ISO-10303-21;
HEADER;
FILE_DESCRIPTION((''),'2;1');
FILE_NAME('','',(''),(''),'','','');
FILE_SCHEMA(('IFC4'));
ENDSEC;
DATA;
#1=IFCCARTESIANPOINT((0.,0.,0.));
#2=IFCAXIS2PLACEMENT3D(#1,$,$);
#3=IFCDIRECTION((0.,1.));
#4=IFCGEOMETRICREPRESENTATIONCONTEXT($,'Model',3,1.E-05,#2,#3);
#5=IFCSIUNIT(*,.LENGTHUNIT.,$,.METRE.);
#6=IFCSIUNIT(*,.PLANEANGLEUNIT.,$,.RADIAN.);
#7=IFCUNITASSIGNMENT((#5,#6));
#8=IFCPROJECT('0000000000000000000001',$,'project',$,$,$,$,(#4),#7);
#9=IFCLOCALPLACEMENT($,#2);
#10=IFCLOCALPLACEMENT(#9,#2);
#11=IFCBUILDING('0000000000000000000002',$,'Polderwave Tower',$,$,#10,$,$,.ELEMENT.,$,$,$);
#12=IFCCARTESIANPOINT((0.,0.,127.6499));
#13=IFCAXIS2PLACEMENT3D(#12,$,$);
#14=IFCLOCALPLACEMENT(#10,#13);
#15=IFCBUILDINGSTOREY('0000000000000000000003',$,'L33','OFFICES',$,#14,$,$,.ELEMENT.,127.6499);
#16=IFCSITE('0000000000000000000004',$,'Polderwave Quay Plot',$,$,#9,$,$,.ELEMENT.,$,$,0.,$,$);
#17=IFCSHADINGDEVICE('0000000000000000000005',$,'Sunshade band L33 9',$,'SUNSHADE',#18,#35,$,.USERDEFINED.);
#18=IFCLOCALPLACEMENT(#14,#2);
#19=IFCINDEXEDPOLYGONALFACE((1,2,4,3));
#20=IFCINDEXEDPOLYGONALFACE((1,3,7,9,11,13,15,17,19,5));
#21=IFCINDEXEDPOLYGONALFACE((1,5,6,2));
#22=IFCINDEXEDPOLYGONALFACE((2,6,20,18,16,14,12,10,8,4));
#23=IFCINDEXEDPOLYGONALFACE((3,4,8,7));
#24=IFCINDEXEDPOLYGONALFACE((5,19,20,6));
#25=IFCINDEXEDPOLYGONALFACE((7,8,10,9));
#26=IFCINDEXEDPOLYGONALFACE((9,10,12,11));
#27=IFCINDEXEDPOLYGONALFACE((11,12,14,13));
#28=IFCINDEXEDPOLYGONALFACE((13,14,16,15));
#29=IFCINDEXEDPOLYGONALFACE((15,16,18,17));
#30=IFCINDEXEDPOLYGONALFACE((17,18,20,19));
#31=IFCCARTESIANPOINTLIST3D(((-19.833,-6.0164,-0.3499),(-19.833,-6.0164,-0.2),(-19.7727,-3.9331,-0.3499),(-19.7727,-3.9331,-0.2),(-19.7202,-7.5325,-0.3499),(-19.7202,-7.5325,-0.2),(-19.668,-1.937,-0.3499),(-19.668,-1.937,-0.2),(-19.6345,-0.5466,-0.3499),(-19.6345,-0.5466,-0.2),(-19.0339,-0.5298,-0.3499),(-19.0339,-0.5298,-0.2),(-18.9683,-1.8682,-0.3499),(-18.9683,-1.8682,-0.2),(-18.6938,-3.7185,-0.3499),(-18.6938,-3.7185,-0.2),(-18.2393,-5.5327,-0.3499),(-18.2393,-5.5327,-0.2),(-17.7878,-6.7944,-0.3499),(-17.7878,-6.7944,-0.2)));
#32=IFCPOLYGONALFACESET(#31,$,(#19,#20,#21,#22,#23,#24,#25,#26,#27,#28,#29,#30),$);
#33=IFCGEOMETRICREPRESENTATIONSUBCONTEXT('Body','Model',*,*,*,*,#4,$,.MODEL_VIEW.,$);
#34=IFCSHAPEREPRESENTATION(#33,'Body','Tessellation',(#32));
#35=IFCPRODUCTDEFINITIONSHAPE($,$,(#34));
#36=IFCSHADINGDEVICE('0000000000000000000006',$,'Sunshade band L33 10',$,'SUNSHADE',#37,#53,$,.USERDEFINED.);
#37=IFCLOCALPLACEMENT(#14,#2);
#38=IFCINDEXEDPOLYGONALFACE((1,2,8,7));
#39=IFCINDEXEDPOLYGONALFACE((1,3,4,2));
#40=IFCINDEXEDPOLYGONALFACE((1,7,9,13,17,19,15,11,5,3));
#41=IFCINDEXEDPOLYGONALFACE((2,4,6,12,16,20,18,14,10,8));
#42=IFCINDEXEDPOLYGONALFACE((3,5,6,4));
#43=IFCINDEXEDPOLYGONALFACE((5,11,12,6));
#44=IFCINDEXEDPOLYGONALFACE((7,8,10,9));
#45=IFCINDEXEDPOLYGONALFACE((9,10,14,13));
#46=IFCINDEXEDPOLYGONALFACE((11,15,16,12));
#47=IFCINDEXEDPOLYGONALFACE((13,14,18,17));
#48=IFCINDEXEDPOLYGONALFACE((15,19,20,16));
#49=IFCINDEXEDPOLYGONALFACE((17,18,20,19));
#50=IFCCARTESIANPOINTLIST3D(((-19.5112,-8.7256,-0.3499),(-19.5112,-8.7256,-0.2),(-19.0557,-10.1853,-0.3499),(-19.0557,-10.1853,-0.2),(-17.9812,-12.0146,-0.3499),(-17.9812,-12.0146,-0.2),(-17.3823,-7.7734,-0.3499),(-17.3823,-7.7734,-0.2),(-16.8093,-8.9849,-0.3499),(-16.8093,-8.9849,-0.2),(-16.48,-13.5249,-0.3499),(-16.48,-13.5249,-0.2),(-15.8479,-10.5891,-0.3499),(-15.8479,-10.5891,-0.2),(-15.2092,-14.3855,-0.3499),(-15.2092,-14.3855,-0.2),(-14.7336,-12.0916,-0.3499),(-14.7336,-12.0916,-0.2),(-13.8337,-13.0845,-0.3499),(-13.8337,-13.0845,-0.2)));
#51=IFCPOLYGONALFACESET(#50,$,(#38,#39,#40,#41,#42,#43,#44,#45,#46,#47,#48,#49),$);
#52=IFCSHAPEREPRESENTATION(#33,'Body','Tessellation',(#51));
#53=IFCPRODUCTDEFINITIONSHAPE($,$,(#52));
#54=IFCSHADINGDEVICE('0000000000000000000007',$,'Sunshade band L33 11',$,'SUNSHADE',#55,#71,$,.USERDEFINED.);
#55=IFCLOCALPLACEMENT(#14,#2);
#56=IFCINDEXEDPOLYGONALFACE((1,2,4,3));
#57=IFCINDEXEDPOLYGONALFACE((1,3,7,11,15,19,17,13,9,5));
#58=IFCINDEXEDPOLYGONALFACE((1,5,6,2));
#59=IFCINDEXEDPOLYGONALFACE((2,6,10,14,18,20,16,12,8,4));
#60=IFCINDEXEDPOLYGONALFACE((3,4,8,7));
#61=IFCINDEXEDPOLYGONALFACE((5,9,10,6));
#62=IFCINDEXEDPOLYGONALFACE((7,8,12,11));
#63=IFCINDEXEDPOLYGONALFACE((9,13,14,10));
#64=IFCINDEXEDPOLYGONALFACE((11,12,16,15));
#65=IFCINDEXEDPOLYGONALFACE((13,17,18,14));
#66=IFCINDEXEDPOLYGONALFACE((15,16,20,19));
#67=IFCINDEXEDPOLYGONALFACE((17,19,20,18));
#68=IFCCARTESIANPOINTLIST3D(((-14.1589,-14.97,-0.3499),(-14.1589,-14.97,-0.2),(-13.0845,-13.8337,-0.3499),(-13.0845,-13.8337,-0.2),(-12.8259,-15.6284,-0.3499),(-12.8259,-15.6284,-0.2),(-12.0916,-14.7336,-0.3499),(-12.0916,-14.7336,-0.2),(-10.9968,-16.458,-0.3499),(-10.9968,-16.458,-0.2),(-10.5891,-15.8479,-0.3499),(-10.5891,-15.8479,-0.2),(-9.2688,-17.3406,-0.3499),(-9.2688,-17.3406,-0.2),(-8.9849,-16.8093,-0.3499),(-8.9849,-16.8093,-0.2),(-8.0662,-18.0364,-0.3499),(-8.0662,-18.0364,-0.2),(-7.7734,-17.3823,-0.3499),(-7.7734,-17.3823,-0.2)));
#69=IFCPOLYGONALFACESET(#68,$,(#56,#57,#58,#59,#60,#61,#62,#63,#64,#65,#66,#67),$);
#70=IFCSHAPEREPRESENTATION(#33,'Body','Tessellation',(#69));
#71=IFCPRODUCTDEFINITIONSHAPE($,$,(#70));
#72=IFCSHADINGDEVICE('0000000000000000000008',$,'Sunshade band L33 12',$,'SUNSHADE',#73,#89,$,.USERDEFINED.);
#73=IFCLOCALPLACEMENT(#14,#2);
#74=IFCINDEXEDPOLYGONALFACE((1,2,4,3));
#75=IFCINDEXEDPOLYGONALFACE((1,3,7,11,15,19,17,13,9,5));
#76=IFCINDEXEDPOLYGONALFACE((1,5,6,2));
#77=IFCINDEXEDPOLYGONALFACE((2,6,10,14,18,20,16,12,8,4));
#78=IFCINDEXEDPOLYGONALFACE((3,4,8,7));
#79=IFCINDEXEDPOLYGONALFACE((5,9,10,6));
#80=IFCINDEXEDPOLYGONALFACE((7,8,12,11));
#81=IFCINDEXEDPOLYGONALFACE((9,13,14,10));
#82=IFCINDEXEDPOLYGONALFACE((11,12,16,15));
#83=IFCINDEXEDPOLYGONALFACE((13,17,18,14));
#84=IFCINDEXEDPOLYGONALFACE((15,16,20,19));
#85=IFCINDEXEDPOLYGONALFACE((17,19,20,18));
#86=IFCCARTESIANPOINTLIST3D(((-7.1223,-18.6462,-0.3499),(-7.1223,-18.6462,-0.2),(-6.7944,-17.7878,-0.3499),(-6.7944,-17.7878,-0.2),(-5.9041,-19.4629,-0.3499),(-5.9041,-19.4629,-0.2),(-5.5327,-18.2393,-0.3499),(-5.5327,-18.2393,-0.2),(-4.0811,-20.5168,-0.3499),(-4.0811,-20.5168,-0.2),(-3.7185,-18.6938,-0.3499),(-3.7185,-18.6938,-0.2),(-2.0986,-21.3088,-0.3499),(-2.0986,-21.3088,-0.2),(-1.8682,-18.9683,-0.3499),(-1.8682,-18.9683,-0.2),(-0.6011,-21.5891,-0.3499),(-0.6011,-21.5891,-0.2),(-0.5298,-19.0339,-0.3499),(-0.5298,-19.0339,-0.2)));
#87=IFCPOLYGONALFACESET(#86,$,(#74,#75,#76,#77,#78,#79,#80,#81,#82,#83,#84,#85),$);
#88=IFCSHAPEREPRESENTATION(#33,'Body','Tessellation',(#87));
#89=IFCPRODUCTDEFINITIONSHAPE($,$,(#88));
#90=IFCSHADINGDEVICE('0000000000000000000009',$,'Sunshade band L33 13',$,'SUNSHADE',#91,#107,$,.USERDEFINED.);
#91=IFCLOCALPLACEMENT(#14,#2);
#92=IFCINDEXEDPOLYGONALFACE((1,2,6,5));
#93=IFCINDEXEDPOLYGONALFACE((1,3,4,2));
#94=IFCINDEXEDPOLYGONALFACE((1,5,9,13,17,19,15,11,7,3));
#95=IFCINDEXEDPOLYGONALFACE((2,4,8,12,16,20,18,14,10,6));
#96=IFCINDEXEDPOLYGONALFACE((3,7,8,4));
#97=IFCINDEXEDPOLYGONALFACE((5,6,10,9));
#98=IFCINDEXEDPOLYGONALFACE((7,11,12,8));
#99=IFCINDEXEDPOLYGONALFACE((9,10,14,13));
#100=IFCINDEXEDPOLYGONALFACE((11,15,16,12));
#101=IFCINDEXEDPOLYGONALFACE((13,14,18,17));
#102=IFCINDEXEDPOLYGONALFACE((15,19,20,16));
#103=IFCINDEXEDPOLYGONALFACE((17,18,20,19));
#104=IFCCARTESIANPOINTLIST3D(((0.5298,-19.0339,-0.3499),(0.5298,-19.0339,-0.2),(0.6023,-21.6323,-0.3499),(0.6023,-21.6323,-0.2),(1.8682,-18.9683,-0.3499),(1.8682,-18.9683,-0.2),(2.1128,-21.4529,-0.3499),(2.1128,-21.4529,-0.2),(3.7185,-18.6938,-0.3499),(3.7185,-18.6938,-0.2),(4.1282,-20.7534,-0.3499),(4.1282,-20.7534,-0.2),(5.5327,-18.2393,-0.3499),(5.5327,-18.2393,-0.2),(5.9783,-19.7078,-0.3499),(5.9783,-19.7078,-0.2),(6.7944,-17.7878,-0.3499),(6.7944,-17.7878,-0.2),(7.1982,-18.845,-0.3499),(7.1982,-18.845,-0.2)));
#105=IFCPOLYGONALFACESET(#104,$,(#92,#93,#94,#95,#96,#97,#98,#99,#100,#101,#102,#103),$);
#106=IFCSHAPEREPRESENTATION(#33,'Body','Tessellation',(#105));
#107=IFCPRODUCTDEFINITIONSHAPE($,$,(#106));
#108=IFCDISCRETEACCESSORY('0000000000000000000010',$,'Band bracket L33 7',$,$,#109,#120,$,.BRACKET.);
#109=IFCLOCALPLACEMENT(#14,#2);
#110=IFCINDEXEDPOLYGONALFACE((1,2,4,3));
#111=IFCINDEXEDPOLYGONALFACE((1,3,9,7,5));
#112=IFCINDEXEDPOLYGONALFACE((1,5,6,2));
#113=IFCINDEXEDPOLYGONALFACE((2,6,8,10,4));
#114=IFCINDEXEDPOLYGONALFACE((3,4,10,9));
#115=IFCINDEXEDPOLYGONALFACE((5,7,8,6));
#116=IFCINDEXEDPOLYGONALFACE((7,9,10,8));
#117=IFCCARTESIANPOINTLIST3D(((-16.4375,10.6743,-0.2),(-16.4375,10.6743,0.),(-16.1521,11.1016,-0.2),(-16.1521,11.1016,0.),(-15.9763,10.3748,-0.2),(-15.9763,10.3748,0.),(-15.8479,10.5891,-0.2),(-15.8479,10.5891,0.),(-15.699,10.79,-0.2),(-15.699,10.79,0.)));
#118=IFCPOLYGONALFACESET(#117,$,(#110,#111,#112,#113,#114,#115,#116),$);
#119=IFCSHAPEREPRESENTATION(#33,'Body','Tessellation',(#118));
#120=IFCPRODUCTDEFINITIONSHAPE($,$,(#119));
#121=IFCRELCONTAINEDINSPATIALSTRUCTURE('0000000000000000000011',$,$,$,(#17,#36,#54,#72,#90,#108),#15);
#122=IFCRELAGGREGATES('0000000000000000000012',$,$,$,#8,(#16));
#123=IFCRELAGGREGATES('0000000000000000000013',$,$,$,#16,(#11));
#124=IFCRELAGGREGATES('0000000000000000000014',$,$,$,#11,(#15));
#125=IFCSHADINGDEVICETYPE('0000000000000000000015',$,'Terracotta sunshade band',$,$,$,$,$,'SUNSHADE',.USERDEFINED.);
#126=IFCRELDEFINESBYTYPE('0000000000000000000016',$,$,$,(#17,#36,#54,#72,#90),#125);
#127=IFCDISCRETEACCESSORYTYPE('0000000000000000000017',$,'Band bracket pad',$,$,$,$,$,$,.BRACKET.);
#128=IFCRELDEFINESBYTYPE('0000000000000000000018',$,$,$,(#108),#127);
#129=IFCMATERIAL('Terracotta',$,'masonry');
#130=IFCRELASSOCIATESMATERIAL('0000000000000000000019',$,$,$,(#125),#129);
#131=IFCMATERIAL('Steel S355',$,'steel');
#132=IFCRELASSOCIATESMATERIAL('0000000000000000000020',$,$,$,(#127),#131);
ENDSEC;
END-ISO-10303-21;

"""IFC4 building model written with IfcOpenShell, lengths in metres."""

from ifc_helpers import new_model, si_unit, direction, frame, origin, place, context, subcontext, project, spatial, polyline, outline, extrude, material, type_object, element, save


model = new_model("IFC4")

# Units and contexts
model_context = context("Model", 3, precision=1e-05, world=origin(), true_north=direction((0.0, 1.0)))
body_context = subcontext(model_context, "Body", "Model", "MODEL_VIEW")
ifc_project = project(units=[si_unit("LENGTHUNIT", "METRE"), si_unit("PLANEANGLEUNIT", "RADIAN")], contexts=[model_context])

# Site, building, storey
site_placement = place(None, origin())
site = spatial("IfcSite", under=ifc_project, at=site_placement, Name="Polderwave Quay Plot", CompositionType="ELEMENT", RefElevation=0.0)
building_placement = place(site_placement, origin())
building = spatial("IfcBuilding", under=site, at=building_placement, Name="Polderwave Tower", CompositionType="ELEMENT")
storey_placement = place(building_placement, frame((0.0, 0.0, 127.6499)))
storey = spatial("IfcBuildingStorey", under=building, at=storey_placement, Name="L33", Description="OFFICES", CompositionType="ELEMENT", Elevation=127.6499)

# Shading devices
ifc_material_1 = material(Name="Terracotta", Category="masonry")
shading_device_type = type_object("IfcShadingDeviceType", Name="Terracotta sunshade band", ElementType="SUNSHADE", PredefinedType="USERDEFINED", material=ifc_material_1)
shading_device_1_placement = place(storey_placement, frame((0.0, 0.0, -0.3499)))
element("IfcShadingDevice", 1, at=shading_device_1_placement, inside=storey, type_object=shading_device_type, Name="Sunshade band L33 9", ObjectType="SUNSHADE", PredefinedType="USERDEFINED", context=body_context, shape_type="SweptSolid", body=[
    extrude(outline(polyline([(-19.0339, -0.5298), (-18.9683, -1.8682), (-18.6938, -3.7185), (-18.2393, -5.5327), (-17.7878, -6.7944), (-19.7202, -7.5325), (-19.833, -6.0164), (-19.7727, -3.9331), (-19.668, -1.937), (-19.6345, -0.5466), (-19.0339, -0.5298)])), origin(), (0.0, 0.0, 1.0), 0.1499),
])
shading_device_2_placement = place(storey_placement, frame((0.0, 0.0, -0.3499)))
element("IfcShadingDevice", 2, at=shading_device_2_placement, inside=storey, type_object=shading_device_type, Name="Sunshade band L33 10", ObjectType="SUNSHADE", PredefinedType="USERDEFINED", context=body_context, shape_type="SweptSolid", body=[
    extrude(outline(polyline([(-17.3823, -7.7734), (-16.8093, -8.9849), (-15.8479, -10.5891), (-14.7336, -12.0916), (-13.8337, -13.0845), (-15.2092, -14.3855), (-16.48, -13.5249), (-17.9812, -12.0146), (-19.0557, -10.1853), (-19.5112, -8.7256), (-17.3823, -7.7734)])), origin(), (0.0, 0.0, 1.0), 0.1499),
])
shading_device_3_placement = place(storey_placement, frame((0.0, 0.0, -0.3499)))
element("IfcShadingDevice", 3, at=shading_device_3_placement, inside=storey, type_object=shading_device_type, Name="Sunshade band L33 11", ObjectType="SUNSHADE", PredefinedType="USERDEFINED", context=body_context, shape_type="SweptSolid", body=[
    extrude(outline(polyline([(-13.0845, -13.8337), (-12.0916, -14.7336), (-10.5891, -15.8479), (-8.9849, -16.8093), (-7.7734, -17.3823), (-8.0662, -18.0364), (-9.2688, -17.3406), (-10.9968, -16.458), (-12.8259, -15.6284), (-14.1589, -14.97), (-13.0845, -13.8337)])), origin(), (0.0, 0.0, 1.0), 0.1499),
])
shading_device_4_placement = place(storey_placement, frame((0.0, 0.0, -0.3499)))
element("IfcShadingDevice", 4, at=shading_device_4_placement, inside=storey, type_object=shading_device_type, Name="Sunshade band L33 12", ObjectType="SUNSHADE", PredefinedType="USERDEFINED", context=body_context, shape_type="SweptSolid", body=[
    extrude(outline(polyline([(-6.7944, -17.7878), (-5.5327, -18.2393), (-3.7185, -18.6938), (-1.8682, -18.9683), (-0.5298, -19.0339), (-0.6011, -21.5891), (-2.0986, -21.3088), (-4.0811, -20.5168), (-5.9041, -19.4629), (-7.1223, -18.6462), (-6.7944, -17.7878)])), origin(), (0.0, 0.0, 1.0), 0.1499),
])
shading_device_5_placement = place(storey_placement, frame((0.0, 0.0, -0.3499)))
element("IfcShadingDevice", 5, at=shading_device_5_placement, inside=storey, type_object=shading_device_type, Name="Sunshade band L33 13", ObjectType="SUNSHADE", PredefinedType="USERDEFINED", context=body_context, shape_type="SweptSolid", body=[
    extrude(outline(polyline([(0.5298, -19.0339), (1.8682, -18.9683), (3.7185, -18.6938), (5.5327, -18.2393), (6.7944, -17.7878), (7.1982, -18.845), (5.9783, -19.7078), (4.1282, -20.7534), (2.1128, -21.4529), (0.6023, -21.6323), (0.5298, -19.0339)])), origin(), (0.0, 0.0, 1.0), 0.1499),
])

# Discrete accessory
ifc_material_2 = material(Name="Steel S355", Category="steel")
discrete_accessory_type = type_object("IfcDiscreteAccessoryType", Name="Band bracket pad", PredefinedType="BRACKET", material=ifc_material_2)
discrete_accessory_placement = place(storey_placement, frame((0.0, 0.0, -0.2)))
element("IfcDiscreteAccessory", 6, at=discrete_accessory_placement, inside=storey, type_object=discrete_accessory_type, Name="Band bracket L33 7", PredefinedType="BRACKET", context=body_context, shape_type="SweptSolid", body=[
    extrude(outline(polyline([(-15.699, 10.79), (-15.8479, 10.5891), (-15.9763, 10.3748), (-16.4375, 10.6743), (-16.1521, 11.1016), (-15.699, 10.79)])), origin(), (0.0, 0.0, 1.0), 0.2),
])

save(model, "model.ifc")
